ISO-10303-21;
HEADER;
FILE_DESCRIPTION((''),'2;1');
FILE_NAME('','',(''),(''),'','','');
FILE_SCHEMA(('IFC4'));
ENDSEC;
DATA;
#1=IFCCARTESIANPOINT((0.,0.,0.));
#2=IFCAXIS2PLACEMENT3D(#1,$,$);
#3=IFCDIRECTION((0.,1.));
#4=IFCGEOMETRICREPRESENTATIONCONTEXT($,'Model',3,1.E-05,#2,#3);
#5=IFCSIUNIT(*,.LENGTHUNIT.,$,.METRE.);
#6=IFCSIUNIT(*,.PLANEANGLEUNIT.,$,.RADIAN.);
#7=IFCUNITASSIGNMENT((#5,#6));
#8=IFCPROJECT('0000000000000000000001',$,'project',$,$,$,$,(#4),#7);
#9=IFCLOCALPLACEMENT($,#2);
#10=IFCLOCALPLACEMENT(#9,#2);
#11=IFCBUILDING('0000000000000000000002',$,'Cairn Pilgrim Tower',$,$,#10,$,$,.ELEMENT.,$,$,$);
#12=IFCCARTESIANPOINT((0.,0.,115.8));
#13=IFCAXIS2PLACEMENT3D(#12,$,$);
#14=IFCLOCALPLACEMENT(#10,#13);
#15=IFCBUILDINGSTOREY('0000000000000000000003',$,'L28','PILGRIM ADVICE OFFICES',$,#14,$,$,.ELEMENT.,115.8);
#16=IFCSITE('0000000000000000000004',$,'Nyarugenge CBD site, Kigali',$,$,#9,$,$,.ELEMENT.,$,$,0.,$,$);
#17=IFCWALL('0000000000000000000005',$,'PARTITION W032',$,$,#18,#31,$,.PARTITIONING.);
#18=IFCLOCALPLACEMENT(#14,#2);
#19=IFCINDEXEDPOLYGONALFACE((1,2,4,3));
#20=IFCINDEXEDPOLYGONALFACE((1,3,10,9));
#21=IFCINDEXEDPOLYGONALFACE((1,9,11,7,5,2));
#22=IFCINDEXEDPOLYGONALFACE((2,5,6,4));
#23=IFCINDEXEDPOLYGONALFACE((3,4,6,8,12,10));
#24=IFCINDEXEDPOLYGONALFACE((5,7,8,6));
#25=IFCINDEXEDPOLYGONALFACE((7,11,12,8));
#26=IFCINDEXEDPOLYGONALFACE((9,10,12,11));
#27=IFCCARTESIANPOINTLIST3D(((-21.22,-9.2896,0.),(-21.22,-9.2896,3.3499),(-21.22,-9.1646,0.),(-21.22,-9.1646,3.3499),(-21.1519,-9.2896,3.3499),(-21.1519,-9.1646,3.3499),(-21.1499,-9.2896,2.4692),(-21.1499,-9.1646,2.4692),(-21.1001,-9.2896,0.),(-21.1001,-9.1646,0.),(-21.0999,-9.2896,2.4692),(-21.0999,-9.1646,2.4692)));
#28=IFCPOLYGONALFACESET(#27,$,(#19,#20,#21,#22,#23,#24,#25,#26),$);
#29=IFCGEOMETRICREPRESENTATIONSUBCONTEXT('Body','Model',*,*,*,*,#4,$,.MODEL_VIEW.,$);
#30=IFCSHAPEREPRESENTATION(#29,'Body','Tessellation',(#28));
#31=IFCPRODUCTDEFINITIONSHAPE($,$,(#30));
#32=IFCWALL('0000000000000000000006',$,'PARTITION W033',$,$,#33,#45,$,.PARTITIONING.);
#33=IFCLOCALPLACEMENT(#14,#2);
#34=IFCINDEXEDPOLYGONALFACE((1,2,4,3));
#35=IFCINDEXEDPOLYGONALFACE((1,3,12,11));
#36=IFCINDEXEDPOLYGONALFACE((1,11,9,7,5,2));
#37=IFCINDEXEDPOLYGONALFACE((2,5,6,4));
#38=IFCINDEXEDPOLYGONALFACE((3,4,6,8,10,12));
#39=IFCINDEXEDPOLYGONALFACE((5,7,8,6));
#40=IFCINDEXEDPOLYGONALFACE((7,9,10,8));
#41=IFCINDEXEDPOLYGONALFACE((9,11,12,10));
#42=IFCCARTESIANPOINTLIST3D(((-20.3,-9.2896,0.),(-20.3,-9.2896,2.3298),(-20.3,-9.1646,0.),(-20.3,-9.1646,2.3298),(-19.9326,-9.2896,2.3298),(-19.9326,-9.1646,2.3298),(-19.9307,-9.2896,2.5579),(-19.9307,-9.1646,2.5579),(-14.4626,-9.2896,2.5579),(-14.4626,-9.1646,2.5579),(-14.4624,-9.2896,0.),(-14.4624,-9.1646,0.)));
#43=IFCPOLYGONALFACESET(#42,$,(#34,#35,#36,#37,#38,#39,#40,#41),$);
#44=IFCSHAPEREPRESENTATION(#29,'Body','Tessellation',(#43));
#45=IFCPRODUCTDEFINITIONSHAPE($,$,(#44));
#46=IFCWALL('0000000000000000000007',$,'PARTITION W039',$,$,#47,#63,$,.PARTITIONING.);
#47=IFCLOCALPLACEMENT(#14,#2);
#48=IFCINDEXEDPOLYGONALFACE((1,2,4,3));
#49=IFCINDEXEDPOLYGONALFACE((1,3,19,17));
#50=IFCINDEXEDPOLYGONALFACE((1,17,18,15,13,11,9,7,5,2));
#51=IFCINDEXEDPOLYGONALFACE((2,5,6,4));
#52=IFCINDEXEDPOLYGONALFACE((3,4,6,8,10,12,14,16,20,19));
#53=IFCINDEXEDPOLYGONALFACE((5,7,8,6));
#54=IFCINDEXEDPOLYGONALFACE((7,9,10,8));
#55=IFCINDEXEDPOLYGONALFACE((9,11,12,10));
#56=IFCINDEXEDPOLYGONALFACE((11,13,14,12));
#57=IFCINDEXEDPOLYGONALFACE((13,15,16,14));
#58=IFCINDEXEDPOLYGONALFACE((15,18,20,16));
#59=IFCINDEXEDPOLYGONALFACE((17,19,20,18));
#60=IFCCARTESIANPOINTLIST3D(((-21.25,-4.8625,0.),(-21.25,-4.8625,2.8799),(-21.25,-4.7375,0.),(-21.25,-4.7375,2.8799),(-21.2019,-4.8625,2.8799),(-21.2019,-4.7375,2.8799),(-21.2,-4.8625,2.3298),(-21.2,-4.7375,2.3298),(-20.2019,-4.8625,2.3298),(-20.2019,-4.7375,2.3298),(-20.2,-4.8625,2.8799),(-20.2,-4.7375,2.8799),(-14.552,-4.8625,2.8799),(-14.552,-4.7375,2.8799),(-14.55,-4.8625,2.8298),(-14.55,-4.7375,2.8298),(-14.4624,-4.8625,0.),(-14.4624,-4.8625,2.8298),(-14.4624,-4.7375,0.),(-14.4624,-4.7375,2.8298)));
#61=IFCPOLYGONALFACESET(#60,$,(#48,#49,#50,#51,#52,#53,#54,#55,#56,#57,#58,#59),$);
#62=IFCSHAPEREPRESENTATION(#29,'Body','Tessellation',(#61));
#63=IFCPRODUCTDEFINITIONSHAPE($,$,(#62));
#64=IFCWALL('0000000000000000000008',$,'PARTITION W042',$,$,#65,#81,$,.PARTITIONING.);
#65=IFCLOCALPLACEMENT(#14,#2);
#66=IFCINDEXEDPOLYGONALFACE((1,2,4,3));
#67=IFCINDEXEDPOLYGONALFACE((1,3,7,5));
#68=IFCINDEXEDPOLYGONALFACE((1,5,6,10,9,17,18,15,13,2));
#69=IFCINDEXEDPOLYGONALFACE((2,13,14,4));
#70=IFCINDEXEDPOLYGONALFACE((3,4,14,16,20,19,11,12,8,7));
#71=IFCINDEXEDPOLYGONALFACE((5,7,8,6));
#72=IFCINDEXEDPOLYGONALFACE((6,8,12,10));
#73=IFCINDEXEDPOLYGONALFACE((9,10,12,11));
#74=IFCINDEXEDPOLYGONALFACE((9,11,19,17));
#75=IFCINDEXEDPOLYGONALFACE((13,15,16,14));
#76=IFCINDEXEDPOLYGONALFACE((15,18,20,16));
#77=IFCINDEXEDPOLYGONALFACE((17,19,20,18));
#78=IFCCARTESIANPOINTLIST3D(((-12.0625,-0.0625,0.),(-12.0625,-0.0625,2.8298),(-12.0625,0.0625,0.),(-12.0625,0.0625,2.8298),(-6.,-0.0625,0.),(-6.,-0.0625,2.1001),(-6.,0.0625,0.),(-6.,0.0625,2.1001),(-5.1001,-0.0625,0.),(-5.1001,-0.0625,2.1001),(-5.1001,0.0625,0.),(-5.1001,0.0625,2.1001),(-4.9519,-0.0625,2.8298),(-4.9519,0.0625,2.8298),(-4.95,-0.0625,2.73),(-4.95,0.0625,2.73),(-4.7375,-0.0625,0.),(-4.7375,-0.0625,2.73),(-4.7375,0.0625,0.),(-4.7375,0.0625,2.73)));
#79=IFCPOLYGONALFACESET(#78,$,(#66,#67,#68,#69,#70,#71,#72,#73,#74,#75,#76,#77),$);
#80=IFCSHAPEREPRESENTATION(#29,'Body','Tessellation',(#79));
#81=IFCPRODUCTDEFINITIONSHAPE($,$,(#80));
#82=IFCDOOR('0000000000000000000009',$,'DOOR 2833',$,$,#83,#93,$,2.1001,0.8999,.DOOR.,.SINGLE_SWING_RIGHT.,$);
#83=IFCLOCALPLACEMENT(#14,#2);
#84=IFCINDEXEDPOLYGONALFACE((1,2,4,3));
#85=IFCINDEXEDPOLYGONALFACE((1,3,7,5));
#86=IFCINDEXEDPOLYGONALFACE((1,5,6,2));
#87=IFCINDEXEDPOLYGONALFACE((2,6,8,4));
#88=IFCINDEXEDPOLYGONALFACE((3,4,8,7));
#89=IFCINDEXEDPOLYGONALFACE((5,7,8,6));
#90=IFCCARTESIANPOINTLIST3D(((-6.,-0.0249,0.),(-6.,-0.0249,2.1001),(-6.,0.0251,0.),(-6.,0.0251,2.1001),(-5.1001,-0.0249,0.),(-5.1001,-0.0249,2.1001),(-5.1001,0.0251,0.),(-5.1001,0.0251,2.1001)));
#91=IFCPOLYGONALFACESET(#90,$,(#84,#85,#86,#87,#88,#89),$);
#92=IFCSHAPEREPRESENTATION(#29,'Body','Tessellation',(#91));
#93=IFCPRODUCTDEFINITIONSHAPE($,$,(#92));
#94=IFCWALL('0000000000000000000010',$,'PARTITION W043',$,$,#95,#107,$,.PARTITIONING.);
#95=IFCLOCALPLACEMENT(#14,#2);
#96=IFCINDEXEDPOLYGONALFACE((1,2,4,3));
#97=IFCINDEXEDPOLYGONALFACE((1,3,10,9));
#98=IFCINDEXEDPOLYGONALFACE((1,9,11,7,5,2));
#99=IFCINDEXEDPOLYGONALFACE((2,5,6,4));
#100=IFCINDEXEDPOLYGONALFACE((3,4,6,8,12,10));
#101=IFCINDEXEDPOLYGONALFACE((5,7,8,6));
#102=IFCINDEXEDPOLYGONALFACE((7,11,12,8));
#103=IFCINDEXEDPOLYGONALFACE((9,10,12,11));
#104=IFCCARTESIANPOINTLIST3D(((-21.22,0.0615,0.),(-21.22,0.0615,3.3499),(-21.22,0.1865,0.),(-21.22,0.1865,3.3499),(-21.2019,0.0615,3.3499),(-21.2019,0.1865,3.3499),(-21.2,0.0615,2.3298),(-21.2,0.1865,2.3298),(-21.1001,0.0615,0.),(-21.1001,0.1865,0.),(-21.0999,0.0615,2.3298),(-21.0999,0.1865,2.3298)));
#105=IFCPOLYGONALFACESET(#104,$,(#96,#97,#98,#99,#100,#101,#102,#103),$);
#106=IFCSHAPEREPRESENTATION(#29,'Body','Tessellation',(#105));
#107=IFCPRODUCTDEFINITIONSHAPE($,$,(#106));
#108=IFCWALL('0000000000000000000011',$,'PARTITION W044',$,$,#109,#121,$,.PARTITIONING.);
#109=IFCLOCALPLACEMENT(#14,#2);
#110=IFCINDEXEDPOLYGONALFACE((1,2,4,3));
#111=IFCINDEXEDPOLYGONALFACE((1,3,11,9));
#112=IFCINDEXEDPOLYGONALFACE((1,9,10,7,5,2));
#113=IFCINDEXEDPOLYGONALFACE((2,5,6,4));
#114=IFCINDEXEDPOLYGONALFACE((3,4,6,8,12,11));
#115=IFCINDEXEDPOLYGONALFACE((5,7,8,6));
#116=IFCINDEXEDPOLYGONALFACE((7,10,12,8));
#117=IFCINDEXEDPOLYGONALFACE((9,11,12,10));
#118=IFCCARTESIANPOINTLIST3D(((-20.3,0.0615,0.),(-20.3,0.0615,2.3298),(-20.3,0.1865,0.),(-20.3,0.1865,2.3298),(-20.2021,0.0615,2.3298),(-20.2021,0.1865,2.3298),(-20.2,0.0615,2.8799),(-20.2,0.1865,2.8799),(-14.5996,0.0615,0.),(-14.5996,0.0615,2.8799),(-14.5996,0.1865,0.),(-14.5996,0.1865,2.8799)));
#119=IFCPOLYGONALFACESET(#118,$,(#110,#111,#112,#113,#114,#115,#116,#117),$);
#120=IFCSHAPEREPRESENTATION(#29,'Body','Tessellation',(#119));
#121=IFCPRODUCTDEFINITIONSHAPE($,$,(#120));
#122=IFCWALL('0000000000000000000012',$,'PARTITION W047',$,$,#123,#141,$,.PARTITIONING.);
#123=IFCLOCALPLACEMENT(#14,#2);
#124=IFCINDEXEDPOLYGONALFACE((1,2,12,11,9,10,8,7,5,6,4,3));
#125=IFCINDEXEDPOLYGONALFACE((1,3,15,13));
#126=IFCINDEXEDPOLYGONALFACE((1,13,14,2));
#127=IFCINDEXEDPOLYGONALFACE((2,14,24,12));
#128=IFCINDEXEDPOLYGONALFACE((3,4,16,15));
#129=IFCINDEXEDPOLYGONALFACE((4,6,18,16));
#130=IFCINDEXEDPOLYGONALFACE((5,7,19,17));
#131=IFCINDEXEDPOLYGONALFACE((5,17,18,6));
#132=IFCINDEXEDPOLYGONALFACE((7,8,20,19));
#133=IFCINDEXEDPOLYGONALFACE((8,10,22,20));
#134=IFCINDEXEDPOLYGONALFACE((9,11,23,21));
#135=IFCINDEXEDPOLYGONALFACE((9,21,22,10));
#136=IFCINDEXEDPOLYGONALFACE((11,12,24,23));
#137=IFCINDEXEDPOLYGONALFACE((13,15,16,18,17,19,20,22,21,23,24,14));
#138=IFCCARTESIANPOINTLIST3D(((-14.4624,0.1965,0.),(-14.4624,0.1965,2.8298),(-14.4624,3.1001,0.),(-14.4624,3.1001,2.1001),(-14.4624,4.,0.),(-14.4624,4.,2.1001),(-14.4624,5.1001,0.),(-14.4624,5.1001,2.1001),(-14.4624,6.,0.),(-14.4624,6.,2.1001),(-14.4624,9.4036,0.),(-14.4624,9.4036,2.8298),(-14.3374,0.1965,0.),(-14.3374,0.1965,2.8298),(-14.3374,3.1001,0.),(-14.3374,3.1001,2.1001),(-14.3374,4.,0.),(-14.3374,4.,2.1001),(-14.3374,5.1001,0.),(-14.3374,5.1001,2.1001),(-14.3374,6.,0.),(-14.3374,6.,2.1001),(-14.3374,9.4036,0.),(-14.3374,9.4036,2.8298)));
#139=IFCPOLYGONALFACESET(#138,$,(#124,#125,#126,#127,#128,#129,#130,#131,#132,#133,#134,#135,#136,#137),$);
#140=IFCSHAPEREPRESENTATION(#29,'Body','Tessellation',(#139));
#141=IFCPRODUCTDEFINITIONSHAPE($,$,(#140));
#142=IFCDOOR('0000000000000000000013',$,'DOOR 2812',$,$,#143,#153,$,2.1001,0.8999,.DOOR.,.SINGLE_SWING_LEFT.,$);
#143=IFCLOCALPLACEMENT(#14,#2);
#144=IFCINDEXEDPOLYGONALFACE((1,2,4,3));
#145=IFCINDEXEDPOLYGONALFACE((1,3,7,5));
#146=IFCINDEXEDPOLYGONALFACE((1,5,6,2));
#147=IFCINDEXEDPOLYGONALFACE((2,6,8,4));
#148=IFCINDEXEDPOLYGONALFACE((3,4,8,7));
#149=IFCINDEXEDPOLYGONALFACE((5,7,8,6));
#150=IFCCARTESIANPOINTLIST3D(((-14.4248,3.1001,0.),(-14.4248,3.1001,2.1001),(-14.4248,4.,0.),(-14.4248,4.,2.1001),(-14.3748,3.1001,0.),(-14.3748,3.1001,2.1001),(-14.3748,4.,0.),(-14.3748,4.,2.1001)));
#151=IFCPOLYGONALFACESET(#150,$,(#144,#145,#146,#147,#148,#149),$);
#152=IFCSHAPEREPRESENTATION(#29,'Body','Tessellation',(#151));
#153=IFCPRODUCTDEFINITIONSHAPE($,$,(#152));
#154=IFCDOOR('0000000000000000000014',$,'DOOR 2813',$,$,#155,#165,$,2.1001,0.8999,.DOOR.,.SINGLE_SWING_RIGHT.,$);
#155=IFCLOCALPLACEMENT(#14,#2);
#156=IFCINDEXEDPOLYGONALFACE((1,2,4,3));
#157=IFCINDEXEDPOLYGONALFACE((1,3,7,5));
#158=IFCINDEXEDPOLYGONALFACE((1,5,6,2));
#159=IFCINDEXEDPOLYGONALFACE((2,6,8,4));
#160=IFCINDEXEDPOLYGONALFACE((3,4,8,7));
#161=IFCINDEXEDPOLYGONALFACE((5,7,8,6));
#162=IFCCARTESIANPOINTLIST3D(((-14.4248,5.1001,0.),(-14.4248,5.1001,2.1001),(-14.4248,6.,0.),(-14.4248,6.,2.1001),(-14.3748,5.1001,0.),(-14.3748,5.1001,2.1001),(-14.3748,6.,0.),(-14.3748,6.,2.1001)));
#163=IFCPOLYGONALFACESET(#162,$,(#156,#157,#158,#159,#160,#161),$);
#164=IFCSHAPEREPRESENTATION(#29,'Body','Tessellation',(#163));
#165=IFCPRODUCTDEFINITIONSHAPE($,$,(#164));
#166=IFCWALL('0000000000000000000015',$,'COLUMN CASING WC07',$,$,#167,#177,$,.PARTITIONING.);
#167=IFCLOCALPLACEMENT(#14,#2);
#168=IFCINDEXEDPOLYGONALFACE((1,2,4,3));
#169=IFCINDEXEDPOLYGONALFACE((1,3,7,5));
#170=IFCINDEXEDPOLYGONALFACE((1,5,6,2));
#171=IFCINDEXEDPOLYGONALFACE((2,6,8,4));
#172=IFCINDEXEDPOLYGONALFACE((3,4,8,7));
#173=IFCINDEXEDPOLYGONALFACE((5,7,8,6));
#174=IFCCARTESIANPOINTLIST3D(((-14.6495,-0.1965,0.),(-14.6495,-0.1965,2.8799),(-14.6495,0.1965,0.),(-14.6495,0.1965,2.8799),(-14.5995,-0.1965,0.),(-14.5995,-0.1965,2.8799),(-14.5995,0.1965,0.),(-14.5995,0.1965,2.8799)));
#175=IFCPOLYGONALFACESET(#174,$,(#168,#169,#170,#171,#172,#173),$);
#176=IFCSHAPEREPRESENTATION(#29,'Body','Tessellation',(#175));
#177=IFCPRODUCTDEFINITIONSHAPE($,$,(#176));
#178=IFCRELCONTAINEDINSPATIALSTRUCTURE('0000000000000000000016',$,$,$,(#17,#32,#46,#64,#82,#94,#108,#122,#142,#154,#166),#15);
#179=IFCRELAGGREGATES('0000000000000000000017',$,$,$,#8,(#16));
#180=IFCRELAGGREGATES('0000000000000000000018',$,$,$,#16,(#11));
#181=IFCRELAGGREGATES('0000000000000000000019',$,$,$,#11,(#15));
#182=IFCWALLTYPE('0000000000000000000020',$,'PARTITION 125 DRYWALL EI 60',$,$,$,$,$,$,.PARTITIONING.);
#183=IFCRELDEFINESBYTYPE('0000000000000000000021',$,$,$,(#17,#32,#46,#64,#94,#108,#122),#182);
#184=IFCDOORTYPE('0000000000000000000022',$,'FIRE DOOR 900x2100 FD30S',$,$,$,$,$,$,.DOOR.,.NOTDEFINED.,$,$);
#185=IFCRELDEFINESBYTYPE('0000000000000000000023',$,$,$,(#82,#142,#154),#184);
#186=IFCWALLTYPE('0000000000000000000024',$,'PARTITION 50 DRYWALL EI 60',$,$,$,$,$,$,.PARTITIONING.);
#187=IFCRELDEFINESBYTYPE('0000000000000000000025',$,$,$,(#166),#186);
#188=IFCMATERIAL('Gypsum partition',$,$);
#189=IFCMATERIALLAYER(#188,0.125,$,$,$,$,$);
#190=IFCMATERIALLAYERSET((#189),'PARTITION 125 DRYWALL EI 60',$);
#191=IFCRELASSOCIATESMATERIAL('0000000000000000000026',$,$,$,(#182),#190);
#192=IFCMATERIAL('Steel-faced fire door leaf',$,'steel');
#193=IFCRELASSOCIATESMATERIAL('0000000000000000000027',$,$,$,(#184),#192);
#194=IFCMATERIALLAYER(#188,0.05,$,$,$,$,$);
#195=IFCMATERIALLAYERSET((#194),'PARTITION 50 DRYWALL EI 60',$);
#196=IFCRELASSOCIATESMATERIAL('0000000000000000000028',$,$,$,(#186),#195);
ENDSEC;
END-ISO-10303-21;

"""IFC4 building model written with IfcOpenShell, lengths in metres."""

from ifc_helpers import new_model, si_unit, direction, frame, frame_2d, origin, place, context, subcontext, project, spatial, polyline, rectangle, outline, extrude, material, layer, layer_set, type_object, element, fill, save


model = new_model("IFC4")

# Units and contexts
model_context = context("Model", 3, precision=1e-05, world=origin(), true_north=direction((0.0, 1.0)))
body_context = subcontext(model_context, "Body", "Model", "MODEL_VIEW")
ifc_project = project(units=[si_unit("LENGTHUNIT", "METRE"), si_unit("PLANEANGLEUNIT", "RADIAN")], contexts=[model_context])

# Site, building, storey
site_placement = place(None, origin())
site = spatial("IfcSite", under=ifc_project, at=site_placement, Name="Nyarugenge CBD site, Kigali", CompositionType="ELEMENT", RefElevation=0.0)
building_placement = place(site_placement, origin())
building = spatial("IfcBuilding", under=site, at=building_placement, Name="Cairn Pilgrim Tower", CompositionType="ELEMENT")
storey_placement = place(building_placement, frame((0.0, 0.0, 115.8)))
storey = spatial("IfcBuildingStorey", under=building, at=storey_placement, Name="L28", Description="PILGRIM ADVICE OFFICES", CompositionType="ELEMENT", Elevation=115.8)

# Shared definitions
ifc_material_1 = material(Name="Gypsum partition")
ifc_layer_1 = layer(ifc_material_1, 0.125)
ifc_layer_set_1 = layer_set([ifc_layer_1], Name="PARTITION 125 DRYWALL EI 60")
wall_type_1 = type_object("IfcWallType", Name="PARTITION 125 DRYWALL EI 60", PredefinedType="PARTITIONING", material=ifc_layer_set_1)
ifc_material_2 = material(Name="Steel-faced fire door leaf", Category="steel")
door_type_1 = type_object("IfcDoorType", Name="FIRE DOOR 900x2100 FD30S", OperationType="NOTDEFINED", PredefinedType="DOOR", material=ifc_material_2)

# Walls
wall_1_placement = place(storey_placement, frame((-21.22, -9.2271, 0.0), z_axis=(0.0, 0.0, 1.0), x_axis=(1.0, 0.0, 0.0)))
element("IfcWall", 1, at=wall_1_placement, inside=storey, type_object=wall_type_1, Name="PARTITION W032", PredefinedType="PARTITIONING", context=body_context, shape_type="SweptSolid", body=[
    extrude(outline(polyline([(0.0, 0.0), (0.1199, 0.0), (0.1201, 2.4692), (0.0701, 2.4692), (0.0681, 3.3499), (0.0, 3.3499), (0.0, 0.0)])), frame((0.0, 0.0625, 0.0), z_axis=(0.0, -1.0, 0.0), x_axis=(1.0, 0.0, 0.0)), (0.0, 0.0, 1.0), 0.125),
])
wall_2_placement = place(storey_placement, frame((-20.3, -9.2271, 0.0), z_axis=(0.0, 0.0, 1.0), x_axis=(1.0, 0.0, 0.0)))
element("IfcWall", 2, at=wall_2_placement, inside=storey, type_object=wall_type_1, Name="PARTITION W033", PredefinedType="PARTITIONING", context=body_context, shape_type="SweptSolid", body=[
    extrude(outline(polyline([(0.0, 0.0), (5.8376, 0.0), (5.8374, 2.5579), (0.3694, 2.5579), (0.3674, 2.3298), (0.0, 2.3298), (0.0, 0.0)])), frame((0.0, 0.0625, 0.0), z_axis=(0.0, -1.0, 0.0), x_axis=(1.0, 0.0, 0.0)), (0.0, 0.0, 1.0), 0.125),
])
wall_3_placement = place(storey_placement, frame((-21.25, -4.8, 0.0), z_axis=(0.0, 0.0, 1.0), x_axis=(1.0, 0.0, 0.0)))
element("IfcWall", 3, at=wall_3_placement, inside=storey, type_object=wall_type_1, Name="PARTITION W039", PredefinedType="PARTITIONING", context=body_context, shape_type="SweptSolid", body=[
    extrude(outline(polyline([(0.0, 0.0), (6.7876, 0.0), (6.7876, 2.8298), (6.7, 2.8298), (6.698, 2.8799), (1.05, 2.8799), (1.0481, 2.3298), (0.05, 2.3298), (0.0481, 2.8799), (0.0, 2.8799), (0.0, 0.0)])), frame((0.0, 0.0625, 0.0), z_axis=(0.0, -1.0, 0.0), x_axis=(1.0, 0.0, 0.0)), (0.0, 0.0, 1.0), 0.125),
])

# Wall, opening, door
wall_4_placement = place(storey_placement, frame((-12.0625, 0.0, 0.0), z_axis=(0.0, 0.0, 1.0), x_axis=(1.0, 0.0, 0.0)))
wall_4 = element("IfcWall", 4, at=wall_4_placement, inside=storey, type_object=wall_type_1, Name="PARTITION W042", PredefinedType="PARTITIONING", context=body_context, shape_type="SweptSolid", body=[
    extrude(outline(polyline([(0.0, 0.0), (7.325, 0.0), (7.325, 2.73), (7.1125, 2.73), (7.1106, 2.8298), (0.0, 2.8298), (0.0, 0.0)])), frame((0.0, 0.0625, 0.0), z_axis=(0.0, -1.0, 0.0), x_axis=(1.0, 0.0, 0.0)), (0.0, 0.0, 1.0), 0.125),
])
opening_1_placement = place(wall_4_placement, frame((6.0625, 0.0, 0.0)))
opening_1 = element("IfcOpeningElement", 5, at=opening_1_placement, cuts=wall_4, PredefinedType="OPENING", context=body_context, shape_type="SweptSolid", body=[
    extrude(rectangle(XDim=0.8999, YDim=2.1001, at=frame_2d((0.45, 1.05))), frame((0.0, 0.0725, 0.0), z_axis=(0.0, -1.0, 0.0), x_axis=(1.0, 0.0, 0.0)), (0.0, 0.0, 1.0), 0.145),
])
door_1_placement = place(opening_1_placement, frame((0.8999, 0.0, 0.0), z_axis=(0.0, 0.0, 1.0), x_axis=(-1.0, 0.0, 0.0)))
door_1 = element("IfcDoor", 6, at=door_1_placement, inside=storey, type_object=door_type_1, Name="DOOR 2833", OperationType="SINGLE_SWING_RIGHT", OverallHeight=2.1001, OverallWidth=0.8999, PredefinedType="DOOR", context=body_context, shape_type="SweptSolid", body=[
    extrude(rectangle(XDim=0.8999, YDim=2.1001, at=frame_2d((0.45, 1.05))), frame((0.0, 0.0249, 0.0), z_axis=(0.0, -1.0, 0.0), x_axis=(1.0, 0.0, 0.0)), (0.0, 0.0, 1.0), 0.05),
])
fill(opening_1, door_1)

# Walls
wall_5_placement = place(storey_placement, frame((-21.22, 0.124, 0.0), z_axis=(0.0, 0.0, 1.0), x_axis=(1.0, 0.0, 0.0)))
element("IfcWall", 7, at=wall_5_placement, inside=storey, type_object=wall_type_1, Name="PARTITION W043", PredefinedType="PARTITIONING", context=body_context, shape_type="SweptSolid", body=[
    extrude(outline(polyline([(0.0, 0.0), (0.1199, 0.0), (0.1201, 2.3298), (0.02, 2.3298), (0.0181, 3.3499), (0.0, 3.3499), (0.0, 0.0)])), frame((0.0, 0.0625, 0.0), z_axis=(0.0, -1.0, 0.0), x_axis=(1.0, 0.0, 0.0)), (0.0, 0.0, 1.0), 0.125),
])
wall_6_placement = place(storey_placement, frame((-20.3, 0.124, 0.0), z_axis=(0.0, 0.0, 1.0), x_axis=(1.0, 0.0, 0.0)))
element("IfcWall", 8, at=wall_6_placement, inside=storey, type_object=wall_type_1, Name="PARTITION W044", PredefinedType="PARTITIONING", context=body_context, shape_type="SweptSolid", body=[
    extrude(outline(polyline([(0.0, 0.0), (5.7004, 0.0), (5.7004, 2.8799), (0.1001, 2.8799), (0.0979, 2.3298), (0.0, 2.3298), (0.0, 0.0)])), frame((0.0, 0.0625, 0.0), z_axis=(0.0, -1.0, 0.0), x_axis=(1.0, 0.0, 0.0)), (0.0, 0.0, 1.0), 0.125),
])

# Wall, openings, doors
wall_7_placement = place(storey_placement, frame((-14.3999, 0.1965, 0.0), z_axis=(0.0, 0.0, 1.0), x_axis=(0.0, 1.0, 0.0)))
wall_7 = element("IfcWall", 9, at=wall_7_placement, inside=storey, type_object=wall_type_1, Name="PARTITION W047", PredefinedType="PARTITIONING", context=body_context, shape_type="SweptSolid", body=[
    extrude(rectangle(XDim=9.207, YDim=0.125, at=frame_2d((4.6035, 0.0))), origin(), (0.0, 0.0, 1.0), 2.8298),
])
opening_2_placement = place(wall_7_placement, frame((2.9036, 0.0, 0.0)))
opening_2 = element("IfcOpeningElement", 10, at=opening_2_placement, cuts=wall_7, PredefinedType="OPENING", context=body_context, shape_type="SweptSolid", body=[
    extrude(rectangle(XDim=0.8999, YDim=2.1001, at=frame_2d((0.45, 1.05))), frame((0.0, 0.0725, 0.0), z_axis=(0.0, -1.0, 0.0), x_axis=(1.0, 0.0, 0.0)), (0.0, 0.0, 1.0), 0.145),
])
opening_3_placement = place(wall_7_placement, frame((4.9036, 0.0, 0.0)))
opening_3 = element("IfcOpeningElement", 11, at=opening_3_placement, cuts=wall_7, PredefinedType="OPENING", context=body_context, shape_type="SweptSolid", body=[
    extrude(rectangle(XDim=0.8999, YDim=2.1001, at=frame_2d((0.45, 1.05))), frame((0.0, 0.0725, 0.0), z_axis=(0.0, -1.0, 0.0), x_axis=(1.0, 0.0, 0.0)), (0.0, 0.0, 1.0), 0.145),
])
door_2_placement = place(opening_2_placement, origin())
door_2 = element("IfcDoor", 12, at=door_2_placement, inside=storey, type_object=door_type_1, Name="DOOR 2812", OperationType="SINGLE_SWING_LEFT", OverallHeight=2.1001, OverallWidth=0.8999, PredefinedType="DOOR", context=body_context, shape_type="SweptSolid", body=[
    extrude(rectangle(XDim=0.8999, YDim=2.1001, at=frame_2d((0.45, 1.05))), frame((0.0, 0.0249, 0.0), z_axis=(0.0, -1.0, 0.0), x_axis=(1.0, 0.0, 0.0)), (0.0, 0.0, 1.0), 0.05),
])
fill(opening_2, door_2)
door_3_placement = place(opening_3_placement, origin())
door_3 = element("IfcDoor", 13, at=door_3_placement, inside=storey, type_object=door_type_1, Name="DOOR 2813", OperationType="SINGLE_SWING_RIGHT", OverallHeight=2.1001, OverallWidth=0.8999, PredefinedType="DOOR", context=body_context, shape_type="SweptSolid", body=[
    extrude(rectangle(XDim=0.8999, YDim=2.1001, at=frame_2d((0.45, 1.05))), frame((0.0, 0.0249, 0.0), z_axis=(0.0, -1.0, 0.0), x_axis=(1.0, 0.0, 0.0)), (0.0, 0.0, 1.0), 0.05),
])
fill(opening_3, door_3)

# Wall
ifc_layer_2 = layer(ifc_material_1, 0.05)
ifc_layer_set_2 = layer_set([ifc_layer_2], Name="PARTITION 50 DRYWALL EI 60")
wall_type_2 = type_object("IfcWallType", Name="PARTITION 50 DRYWALL EI 60", PredefinedType="PARTITIONING", material=ifc_layer_set_2)
wall_8_placement = place(storey_placement, frame((-14.6245, -0.1965, 0.0), z_axis=(0.0, 0.0, 1.0), x_axis=(0.0, 1.0, 0.0)))
element("IfcWall", 14, at=wall_8_placement, inside=storey, type_object=wall_type_2, Name="COLUMN CASING WC07", PredefinedType="PARTITIONING", context=body_context, shape_type="SweptSolid", body=[
    extrude(rectangle(XDim=0.3931, YDim=0.05, at=frame_2d((0.1965, 0.0))), origin(), (0.0, 0.0, 1.0), 2.8799),
])

save(model, "model.ifc")
